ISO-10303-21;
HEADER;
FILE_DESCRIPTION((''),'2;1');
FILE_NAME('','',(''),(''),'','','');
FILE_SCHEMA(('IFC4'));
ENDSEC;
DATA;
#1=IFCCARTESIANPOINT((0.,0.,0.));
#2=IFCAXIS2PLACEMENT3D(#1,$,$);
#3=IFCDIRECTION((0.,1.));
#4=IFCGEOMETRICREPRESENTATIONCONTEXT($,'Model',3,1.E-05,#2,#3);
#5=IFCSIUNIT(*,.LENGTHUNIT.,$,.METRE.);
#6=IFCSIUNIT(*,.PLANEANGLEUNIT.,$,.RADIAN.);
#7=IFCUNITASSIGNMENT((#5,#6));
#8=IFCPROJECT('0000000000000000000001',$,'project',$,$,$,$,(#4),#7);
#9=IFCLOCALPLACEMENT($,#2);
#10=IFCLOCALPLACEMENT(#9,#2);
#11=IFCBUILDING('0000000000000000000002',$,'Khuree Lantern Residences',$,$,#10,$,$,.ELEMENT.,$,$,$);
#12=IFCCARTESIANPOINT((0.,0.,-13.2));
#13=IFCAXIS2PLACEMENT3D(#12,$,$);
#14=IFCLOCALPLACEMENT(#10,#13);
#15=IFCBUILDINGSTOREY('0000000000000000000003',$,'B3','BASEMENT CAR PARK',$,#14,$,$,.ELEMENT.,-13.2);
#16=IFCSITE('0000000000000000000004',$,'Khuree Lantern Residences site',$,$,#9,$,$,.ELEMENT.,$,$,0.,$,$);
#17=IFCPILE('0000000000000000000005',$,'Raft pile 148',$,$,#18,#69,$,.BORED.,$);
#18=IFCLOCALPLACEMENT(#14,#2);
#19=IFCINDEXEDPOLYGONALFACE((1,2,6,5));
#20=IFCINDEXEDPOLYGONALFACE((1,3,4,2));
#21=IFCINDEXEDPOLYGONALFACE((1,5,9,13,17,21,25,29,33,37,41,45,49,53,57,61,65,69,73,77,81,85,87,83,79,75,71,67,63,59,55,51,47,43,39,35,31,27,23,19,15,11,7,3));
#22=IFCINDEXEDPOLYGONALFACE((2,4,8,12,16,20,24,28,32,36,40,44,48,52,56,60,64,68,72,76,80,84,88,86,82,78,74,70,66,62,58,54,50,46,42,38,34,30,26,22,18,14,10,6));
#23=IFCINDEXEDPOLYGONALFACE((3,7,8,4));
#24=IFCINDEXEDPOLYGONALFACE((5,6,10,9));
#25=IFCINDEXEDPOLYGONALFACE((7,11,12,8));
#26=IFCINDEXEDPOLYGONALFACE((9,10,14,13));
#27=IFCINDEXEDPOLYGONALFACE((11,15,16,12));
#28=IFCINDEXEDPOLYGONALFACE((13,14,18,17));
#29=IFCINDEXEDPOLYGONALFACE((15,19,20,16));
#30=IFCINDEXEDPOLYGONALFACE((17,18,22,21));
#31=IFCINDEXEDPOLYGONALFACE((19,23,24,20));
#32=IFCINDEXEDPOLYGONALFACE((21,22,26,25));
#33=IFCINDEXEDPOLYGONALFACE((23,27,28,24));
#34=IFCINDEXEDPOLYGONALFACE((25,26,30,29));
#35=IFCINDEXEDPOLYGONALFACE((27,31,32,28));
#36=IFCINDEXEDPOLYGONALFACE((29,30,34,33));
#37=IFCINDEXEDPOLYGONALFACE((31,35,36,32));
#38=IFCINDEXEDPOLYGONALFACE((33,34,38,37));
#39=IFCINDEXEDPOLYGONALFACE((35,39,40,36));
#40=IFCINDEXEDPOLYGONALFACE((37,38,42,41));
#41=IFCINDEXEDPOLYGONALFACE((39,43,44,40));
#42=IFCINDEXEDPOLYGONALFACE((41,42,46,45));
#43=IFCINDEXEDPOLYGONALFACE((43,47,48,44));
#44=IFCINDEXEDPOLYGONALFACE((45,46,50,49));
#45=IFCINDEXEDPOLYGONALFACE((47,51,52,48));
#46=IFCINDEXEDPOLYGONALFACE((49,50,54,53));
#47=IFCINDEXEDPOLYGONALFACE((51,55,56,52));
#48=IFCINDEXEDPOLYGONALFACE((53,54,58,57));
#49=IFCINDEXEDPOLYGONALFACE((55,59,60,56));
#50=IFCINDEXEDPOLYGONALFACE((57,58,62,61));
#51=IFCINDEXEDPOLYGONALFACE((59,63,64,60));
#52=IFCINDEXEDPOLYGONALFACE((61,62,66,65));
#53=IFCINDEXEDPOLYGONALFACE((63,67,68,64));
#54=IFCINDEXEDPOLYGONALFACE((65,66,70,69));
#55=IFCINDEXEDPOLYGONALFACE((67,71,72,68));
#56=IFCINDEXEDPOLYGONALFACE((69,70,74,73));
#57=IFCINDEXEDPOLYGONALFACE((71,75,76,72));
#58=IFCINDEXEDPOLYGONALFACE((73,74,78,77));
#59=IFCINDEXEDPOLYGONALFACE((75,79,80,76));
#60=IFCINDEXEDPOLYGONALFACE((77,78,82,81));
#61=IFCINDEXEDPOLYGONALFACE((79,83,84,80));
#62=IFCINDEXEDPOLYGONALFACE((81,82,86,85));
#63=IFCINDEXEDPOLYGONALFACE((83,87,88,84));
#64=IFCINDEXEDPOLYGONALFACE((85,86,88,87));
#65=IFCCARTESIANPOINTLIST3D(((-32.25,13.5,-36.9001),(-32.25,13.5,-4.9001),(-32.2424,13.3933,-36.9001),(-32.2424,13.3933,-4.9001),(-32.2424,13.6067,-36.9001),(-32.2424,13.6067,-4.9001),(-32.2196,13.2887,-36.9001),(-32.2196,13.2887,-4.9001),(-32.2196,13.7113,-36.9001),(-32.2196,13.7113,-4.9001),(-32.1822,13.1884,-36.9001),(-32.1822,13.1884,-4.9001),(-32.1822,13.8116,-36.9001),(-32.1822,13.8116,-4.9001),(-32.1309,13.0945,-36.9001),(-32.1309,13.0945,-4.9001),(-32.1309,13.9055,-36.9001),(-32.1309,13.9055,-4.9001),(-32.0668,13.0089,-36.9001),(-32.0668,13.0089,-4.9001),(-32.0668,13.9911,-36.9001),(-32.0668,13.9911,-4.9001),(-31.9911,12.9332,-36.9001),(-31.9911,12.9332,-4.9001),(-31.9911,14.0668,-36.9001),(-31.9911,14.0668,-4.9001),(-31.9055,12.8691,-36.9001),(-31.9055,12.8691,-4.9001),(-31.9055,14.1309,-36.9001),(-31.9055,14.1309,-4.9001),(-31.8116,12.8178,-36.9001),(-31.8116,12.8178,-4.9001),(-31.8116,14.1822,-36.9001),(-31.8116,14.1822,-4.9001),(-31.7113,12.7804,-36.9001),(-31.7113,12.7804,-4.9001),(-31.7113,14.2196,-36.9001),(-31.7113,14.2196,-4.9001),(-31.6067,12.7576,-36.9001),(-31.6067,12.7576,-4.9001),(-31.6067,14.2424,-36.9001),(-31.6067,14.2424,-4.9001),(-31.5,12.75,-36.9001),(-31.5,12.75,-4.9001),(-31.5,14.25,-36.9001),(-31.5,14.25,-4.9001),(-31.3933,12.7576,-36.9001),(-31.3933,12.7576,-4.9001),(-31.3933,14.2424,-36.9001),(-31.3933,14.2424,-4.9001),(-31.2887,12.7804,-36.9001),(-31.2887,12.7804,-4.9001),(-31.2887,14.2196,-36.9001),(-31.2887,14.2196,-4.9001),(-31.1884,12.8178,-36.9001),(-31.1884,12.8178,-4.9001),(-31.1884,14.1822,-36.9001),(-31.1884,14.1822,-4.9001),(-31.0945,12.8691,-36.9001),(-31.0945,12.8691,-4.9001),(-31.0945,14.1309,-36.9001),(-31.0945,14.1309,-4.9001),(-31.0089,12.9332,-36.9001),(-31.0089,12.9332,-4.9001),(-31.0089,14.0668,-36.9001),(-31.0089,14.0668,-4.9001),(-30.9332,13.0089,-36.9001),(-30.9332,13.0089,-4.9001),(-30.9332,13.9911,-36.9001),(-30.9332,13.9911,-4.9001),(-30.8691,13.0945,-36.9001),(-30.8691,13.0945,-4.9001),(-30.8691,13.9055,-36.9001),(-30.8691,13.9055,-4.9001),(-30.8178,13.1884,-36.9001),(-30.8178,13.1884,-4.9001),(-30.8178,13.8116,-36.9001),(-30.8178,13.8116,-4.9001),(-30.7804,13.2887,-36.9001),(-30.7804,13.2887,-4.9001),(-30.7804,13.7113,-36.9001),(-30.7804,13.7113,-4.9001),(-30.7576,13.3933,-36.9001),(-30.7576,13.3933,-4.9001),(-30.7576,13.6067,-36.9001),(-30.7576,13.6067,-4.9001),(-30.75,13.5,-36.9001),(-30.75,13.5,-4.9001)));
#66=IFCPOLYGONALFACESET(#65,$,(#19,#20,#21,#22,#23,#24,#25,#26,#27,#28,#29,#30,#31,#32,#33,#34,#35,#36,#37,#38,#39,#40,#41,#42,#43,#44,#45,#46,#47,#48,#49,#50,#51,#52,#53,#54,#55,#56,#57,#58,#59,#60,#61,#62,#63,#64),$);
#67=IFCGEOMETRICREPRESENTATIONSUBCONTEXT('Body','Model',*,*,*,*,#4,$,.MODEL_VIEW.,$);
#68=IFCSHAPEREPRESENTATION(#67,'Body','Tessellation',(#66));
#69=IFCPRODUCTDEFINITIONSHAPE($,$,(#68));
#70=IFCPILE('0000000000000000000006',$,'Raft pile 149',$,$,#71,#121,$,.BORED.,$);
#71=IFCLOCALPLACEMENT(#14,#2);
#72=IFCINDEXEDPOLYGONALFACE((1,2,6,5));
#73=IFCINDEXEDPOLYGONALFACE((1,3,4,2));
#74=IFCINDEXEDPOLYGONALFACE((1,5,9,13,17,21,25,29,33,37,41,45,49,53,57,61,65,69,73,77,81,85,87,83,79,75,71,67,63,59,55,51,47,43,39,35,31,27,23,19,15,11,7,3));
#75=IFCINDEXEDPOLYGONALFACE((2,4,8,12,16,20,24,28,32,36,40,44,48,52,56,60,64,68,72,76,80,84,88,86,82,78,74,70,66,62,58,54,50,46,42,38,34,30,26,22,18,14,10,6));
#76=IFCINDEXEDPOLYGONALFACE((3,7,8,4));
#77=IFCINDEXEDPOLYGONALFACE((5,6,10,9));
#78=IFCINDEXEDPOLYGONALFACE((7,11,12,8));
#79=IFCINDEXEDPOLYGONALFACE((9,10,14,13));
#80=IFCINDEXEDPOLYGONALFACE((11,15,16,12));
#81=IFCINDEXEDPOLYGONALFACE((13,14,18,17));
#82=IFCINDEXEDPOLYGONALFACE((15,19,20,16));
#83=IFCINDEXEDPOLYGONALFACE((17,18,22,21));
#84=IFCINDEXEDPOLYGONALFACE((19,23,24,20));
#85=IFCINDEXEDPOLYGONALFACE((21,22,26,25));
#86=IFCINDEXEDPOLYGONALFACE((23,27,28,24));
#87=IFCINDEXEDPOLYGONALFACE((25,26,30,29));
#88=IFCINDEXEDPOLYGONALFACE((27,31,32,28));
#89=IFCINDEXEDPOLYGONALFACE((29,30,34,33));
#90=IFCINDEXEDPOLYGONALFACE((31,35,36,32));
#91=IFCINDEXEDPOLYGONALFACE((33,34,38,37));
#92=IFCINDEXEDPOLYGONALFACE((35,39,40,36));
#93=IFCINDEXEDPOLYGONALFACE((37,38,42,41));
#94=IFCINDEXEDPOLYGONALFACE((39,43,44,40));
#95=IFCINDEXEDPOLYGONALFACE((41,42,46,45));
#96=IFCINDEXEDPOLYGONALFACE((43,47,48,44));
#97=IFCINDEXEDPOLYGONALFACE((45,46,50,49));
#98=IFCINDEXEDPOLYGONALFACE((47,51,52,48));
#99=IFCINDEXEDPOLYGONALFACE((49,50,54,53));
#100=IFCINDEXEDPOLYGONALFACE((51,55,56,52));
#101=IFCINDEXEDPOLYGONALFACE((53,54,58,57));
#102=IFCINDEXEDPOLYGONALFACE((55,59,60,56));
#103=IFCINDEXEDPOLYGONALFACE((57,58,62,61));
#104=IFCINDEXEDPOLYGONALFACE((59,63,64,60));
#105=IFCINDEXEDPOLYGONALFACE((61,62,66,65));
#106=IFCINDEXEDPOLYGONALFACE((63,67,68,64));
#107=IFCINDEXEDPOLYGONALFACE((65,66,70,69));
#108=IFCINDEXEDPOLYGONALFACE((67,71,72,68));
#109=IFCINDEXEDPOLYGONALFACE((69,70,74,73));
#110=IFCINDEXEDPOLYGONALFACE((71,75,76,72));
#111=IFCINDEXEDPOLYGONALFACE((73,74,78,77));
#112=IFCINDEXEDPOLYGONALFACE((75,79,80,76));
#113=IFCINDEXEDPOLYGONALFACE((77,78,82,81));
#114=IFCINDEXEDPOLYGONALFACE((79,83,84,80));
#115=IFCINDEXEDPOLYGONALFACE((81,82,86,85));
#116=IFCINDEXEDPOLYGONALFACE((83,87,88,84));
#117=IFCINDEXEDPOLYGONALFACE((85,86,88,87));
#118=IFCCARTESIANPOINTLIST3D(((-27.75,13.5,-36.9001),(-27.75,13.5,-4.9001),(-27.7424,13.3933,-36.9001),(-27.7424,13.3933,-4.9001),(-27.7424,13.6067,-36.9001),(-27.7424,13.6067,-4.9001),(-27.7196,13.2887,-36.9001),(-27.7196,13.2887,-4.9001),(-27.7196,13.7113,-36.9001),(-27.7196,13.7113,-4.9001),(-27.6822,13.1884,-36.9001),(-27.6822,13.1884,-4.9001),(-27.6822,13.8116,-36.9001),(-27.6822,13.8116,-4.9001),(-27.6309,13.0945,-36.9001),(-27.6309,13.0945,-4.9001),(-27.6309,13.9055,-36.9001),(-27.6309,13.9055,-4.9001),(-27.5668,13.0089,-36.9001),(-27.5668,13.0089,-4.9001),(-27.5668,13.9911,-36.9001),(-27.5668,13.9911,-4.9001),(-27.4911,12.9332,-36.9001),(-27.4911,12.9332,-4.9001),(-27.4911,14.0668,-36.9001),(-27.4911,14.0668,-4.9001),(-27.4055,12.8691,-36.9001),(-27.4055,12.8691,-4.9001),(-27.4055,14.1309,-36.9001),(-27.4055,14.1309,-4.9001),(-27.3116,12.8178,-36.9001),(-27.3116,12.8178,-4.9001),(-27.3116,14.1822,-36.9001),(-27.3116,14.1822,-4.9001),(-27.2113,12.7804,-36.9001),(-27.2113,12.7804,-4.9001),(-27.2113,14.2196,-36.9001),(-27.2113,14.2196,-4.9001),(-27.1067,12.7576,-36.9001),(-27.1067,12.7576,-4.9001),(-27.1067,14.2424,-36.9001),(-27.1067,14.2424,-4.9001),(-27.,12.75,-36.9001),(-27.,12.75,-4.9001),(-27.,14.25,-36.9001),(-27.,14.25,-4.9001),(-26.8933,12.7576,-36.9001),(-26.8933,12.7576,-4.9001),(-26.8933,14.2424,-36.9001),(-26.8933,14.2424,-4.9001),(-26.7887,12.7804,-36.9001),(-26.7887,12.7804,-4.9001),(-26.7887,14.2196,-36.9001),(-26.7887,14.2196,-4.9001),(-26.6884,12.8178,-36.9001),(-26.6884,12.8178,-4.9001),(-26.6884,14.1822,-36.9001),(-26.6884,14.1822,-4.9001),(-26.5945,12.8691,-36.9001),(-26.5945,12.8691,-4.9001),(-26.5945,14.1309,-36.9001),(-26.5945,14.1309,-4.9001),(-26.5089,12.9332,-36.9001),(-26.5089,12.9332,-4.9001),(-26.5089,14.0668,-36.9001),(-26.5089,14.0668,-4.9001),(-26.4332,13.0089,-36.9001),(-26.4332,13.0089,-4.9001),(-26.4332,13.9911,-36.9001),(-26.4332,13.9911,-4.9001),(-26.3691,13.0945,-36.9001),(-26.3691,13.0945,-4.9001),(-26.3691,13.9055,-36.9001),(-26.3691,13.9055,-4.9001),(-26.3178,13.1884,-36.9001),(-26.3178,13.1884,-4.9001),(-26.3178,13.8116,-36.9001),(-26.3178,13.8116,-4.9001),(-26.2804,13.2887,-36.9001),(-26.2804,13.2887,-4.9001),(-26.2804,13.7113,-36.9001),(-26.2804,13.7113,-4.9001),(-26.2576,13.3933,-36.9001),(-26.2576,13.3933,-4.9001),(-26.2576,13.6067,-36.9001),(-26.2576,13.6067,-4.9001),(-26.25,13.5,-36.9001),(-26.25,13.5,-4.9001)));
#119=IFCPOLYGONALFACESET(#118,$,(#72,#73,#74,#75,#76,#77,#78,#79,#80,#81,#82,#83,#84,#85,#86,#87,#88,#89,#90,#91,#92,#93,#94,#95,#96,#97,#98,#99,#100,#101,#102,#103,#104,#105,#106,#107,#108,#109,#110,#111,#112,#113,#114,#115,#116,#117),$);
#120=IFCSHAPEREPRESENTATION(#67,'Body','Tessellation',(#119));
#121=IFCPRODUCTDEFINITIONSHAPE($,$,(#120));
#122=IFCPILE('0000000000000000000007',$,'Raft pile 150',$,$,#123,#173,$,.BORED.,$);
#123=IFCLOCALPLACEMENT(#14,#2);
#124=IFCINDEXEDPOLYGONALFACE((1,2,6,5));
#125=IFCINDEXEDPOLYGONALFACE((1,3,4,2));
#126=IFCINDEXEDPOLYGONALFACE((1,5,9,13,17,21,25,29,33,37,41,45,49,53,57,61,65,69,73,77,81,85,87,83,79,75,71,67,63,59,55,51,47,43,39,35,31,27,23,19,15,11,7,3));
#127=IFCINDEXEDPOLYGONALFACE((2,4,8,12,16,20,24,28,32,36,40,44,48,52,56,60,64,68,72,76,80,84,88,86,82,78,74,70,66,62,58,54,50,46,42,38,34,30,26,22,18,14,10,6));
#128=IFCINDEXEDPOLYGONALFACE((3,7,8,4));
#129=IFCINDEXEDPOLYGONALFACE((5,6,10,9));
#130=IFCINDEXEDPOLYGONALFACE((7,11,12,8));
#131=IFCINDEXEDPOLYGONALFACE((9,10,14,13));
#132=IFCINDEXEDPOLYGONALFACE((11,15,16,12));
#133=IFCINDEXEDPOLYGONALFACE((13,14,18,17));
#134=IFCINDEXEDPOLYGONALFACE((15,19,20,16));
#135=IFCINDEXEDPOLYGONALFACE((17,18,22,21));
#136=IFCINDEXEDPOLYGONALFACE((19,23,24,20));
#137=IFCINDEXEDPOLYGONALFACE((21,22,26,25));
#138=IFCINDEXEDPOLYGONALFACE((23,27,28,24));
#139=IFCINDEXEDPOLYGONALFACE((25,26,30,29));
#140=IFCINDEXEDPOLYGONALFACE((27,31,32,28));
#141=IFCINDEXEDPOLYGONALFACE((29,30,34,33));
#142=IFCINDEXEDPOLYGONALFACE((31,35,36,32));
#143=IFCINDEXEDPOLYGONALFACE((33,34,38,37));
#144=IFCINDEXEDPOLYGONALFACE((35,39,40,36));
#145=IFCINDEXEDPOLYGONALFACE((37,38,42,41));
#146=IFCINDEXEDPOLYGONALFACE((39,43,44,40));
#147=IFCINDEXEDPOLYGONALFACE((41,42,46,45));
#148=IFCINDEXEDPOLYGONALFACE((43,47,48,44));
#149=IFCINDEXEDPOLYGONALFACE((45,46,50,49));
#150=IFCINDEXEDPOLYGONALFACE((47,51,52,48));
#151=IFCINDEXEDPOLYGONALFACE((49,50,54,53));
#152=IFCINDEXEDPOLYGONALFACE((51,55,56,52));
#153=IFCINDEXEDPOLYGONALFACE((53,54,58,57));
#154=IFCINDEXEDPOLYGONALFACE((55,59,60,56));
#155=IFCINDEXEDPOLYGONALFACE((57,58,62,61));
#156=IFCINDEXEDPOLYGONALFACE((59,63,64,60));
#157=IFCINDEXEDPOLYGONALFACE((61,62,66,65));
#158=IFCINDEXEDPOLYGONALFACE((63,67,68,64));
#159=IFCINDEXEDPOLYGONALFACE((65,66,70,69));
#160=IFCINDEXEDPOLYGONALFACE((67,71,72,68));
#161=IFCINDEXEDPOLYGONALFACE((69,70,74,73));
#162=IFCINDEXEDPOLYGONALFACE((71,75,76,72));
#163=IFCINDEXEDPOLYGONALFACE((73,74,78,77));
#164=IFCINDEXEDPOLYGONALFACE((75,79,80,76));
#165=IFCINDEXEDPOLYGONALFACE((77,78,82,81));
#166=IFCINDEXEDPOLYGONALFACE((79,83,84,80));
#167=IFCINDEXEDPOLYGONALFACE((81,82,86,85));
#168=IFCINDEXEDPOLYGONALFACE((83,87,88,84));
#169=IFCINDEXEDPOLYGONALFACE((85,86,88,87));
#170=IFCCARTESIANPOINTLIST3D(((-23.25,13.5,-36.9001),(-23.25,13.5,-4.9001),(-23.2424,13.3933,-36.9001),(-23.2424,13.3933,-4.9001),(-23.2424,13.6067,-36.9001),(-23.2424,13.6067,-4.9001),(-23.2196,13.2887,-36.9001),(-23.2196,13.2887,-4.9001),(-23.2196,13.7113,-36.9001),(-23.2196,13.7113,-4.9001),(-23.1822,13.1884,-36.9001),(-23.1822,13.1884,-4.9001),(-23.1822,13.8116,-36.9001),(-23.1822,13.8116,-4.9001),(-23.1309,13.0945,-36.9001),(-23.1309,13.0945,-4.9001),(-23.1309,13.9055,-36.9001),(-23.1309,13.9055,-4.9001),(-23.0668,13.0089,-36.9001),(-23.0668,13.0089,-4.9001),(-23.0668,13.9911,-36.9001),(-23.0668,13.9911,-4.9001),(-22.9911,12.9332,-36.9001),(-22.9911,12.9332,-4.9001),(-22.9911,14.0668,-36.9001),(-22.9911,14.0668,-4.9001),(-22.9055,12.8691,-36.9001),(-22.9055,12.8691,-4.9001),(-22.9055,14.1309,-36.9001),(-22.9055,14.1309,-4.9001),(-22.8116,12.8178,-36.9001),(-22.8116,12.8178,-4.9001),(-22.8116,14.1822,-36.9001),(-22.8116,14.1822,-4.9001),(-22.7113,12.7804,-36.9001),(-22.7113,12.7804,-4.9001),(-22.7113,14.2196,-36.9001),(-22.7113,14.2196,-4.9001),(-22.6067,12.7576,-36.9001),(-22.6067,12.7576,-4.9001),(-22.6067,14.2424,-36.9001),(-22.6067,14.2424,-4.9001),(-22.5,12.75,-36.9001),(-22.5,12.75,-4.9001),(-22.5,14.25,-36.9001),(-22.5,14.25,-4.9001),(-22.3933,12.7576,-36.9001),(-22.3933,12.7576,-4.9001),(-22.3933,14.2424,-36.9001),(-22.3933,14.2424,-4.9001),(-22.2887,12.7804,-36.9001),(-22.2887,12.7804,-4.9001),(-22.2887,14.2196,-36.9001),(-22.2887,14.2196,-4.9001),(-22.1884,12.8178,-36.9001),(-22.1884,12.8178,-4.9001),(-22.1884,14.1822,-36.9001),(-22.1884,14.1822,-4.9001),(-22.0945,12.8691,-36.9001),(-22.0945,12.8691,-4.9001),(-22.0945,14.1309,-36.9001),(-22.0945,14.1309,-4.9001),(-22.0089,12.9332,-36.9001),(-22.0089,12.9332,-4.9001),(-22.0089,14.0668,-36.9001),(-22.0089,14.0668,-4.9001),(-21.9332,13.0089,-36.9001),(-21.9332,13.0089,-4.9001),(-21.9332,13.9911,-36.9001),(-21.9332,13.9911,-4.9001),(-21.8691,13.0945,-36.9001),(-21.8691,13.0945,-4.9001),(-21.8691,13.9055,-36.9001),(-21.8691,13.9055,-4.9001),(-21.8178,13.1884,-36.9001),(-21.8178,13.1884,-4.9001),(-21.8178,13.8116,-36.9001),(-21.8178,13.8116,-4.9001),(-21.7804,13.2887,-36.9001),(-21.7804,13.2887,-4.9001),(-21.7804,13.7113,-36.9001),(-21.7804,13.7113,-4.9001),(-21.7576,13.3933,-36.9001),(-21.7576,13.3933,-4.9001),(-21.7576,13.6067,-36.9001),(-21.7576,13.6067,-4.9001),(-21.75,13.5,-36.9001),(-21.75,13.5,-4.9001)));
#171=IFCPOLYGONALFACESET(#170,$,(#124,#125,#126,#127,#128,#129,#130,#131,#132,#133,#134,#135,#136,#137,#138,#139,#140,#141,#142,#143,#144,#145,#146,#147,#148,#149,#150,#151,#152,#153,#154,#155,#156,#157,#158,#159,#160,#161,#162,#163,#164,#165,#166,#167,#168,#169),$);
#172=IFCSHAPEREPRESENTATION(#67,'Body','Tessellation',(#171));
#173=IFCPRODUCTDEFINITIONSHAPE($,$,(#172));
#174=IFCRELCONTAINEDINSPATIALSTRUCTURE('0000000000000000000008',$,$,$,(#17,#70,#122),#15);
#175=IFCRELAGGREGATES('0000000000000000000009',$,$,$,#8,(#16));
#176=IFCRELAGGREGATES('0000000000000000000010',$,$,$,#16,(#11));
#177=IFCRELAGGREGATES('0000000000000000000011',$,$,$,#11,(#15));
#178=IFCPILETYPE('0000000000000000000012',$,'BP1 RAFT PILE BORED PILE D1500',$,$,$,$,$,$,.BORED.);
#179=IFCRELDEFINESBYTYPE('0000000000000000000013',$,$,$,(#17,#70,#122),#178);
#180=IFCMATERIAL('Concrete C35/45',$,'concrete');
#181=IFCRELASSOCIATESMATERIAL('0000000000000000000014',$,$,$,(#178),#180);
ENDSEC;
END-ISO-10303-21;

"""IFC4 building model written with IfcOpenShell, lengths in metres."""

from ifc_helpers import new_model, si_unit, direction, frame, origin, origin_2d, place, context, subcontext, project, spatial, circle, extrude, material, material_profile, profile_set, type_object, element, save


model = new_model("IFC4")

# Units and contexts
model_context = context("Model", 3, precision=1e-05, world=origin(), true_north=direction((0.0, 1.0)))
body_context = subcontext(model_context, "Body", "Model", "MODEL_VIEW")
ifc_project = project(units=[si_unit("LENGTHUNIT", "METRE"), si_unit("PLANEANGLEUNIT", "RADIAN")], contexts=[model_context])

# Site, building, storey
site_placement = place(None, origin())
site = spatial("IfcSite", under=ifc_project, at=site_placement, Name="Khuree Lantern Residences site", CompositionType="ELEMENT", RefElevation=0.0)
building_placement = place(site_placement, origin())
building = spatial("IfcBuilding", under=site, at=building_placement, Name="Khuree Lantern Residences", CompositionType="ELEMENT")
storey_placement = place(building_placement, frame((0.0, 0.0, -13.2)))
storey = spatial("IfcBuildingStorey", under=building, at=storey_placement, Name="B3", Description="BASEMENT CAR PARK", CompositionType="ELEMENT", Elevation=-13.2)

# Piles
ifc_material_1 = material(Name="Concrete C35/45", Category="concrete")
ifc_material_profile_1 = material_profile(ifc_material_1, circle(Radius=0.75, at=origin_2d()), Name="BORED PILE D1500")
ifc_profile_set_1 = profile_set([ifc_material_profile_1], Name="Concrete C35/45")
pile_type_1 = type_object("IfcPileType", Name="BP1 RAFT PILE BORED PILE D1500", PredefinedType="BORED", material=ifc_profile_set_1)
for number, where, z_axis, x_axis, name in (
    (1, (-31.5, 13.5, -4.9001), (0.0, 0.0, -1.0), (1.0, 0.0, 0.0), "Raft pile 148"),
    (2, (-27.0, 13.5, -4.9001), (0.0, 0.0, -1.0), (1.0, 0.0, 0.0), "Raft pile 149"),
    (3, (-22.5, 13.5, -4.9001), (0.0, 0.0, -1.0), (1.0, 0.0, 0.0), "Raft pile 150"),
):
    element("IfcPile", number, at=place(storey_placement, frame(where, z_axis=z_axis, x_axis=x_axis)), inside=storey, type_object=pile_type_1, Name=name, PredefinedType="BORED", context=body_context, shape_type="SweptSolid", body=[
        extrude(circle(Radius=0.75, at=origin_2d()), origin(), (0.0, 0.0, 1.0), 32.0),
    ])

save(model, "model.ifc")
